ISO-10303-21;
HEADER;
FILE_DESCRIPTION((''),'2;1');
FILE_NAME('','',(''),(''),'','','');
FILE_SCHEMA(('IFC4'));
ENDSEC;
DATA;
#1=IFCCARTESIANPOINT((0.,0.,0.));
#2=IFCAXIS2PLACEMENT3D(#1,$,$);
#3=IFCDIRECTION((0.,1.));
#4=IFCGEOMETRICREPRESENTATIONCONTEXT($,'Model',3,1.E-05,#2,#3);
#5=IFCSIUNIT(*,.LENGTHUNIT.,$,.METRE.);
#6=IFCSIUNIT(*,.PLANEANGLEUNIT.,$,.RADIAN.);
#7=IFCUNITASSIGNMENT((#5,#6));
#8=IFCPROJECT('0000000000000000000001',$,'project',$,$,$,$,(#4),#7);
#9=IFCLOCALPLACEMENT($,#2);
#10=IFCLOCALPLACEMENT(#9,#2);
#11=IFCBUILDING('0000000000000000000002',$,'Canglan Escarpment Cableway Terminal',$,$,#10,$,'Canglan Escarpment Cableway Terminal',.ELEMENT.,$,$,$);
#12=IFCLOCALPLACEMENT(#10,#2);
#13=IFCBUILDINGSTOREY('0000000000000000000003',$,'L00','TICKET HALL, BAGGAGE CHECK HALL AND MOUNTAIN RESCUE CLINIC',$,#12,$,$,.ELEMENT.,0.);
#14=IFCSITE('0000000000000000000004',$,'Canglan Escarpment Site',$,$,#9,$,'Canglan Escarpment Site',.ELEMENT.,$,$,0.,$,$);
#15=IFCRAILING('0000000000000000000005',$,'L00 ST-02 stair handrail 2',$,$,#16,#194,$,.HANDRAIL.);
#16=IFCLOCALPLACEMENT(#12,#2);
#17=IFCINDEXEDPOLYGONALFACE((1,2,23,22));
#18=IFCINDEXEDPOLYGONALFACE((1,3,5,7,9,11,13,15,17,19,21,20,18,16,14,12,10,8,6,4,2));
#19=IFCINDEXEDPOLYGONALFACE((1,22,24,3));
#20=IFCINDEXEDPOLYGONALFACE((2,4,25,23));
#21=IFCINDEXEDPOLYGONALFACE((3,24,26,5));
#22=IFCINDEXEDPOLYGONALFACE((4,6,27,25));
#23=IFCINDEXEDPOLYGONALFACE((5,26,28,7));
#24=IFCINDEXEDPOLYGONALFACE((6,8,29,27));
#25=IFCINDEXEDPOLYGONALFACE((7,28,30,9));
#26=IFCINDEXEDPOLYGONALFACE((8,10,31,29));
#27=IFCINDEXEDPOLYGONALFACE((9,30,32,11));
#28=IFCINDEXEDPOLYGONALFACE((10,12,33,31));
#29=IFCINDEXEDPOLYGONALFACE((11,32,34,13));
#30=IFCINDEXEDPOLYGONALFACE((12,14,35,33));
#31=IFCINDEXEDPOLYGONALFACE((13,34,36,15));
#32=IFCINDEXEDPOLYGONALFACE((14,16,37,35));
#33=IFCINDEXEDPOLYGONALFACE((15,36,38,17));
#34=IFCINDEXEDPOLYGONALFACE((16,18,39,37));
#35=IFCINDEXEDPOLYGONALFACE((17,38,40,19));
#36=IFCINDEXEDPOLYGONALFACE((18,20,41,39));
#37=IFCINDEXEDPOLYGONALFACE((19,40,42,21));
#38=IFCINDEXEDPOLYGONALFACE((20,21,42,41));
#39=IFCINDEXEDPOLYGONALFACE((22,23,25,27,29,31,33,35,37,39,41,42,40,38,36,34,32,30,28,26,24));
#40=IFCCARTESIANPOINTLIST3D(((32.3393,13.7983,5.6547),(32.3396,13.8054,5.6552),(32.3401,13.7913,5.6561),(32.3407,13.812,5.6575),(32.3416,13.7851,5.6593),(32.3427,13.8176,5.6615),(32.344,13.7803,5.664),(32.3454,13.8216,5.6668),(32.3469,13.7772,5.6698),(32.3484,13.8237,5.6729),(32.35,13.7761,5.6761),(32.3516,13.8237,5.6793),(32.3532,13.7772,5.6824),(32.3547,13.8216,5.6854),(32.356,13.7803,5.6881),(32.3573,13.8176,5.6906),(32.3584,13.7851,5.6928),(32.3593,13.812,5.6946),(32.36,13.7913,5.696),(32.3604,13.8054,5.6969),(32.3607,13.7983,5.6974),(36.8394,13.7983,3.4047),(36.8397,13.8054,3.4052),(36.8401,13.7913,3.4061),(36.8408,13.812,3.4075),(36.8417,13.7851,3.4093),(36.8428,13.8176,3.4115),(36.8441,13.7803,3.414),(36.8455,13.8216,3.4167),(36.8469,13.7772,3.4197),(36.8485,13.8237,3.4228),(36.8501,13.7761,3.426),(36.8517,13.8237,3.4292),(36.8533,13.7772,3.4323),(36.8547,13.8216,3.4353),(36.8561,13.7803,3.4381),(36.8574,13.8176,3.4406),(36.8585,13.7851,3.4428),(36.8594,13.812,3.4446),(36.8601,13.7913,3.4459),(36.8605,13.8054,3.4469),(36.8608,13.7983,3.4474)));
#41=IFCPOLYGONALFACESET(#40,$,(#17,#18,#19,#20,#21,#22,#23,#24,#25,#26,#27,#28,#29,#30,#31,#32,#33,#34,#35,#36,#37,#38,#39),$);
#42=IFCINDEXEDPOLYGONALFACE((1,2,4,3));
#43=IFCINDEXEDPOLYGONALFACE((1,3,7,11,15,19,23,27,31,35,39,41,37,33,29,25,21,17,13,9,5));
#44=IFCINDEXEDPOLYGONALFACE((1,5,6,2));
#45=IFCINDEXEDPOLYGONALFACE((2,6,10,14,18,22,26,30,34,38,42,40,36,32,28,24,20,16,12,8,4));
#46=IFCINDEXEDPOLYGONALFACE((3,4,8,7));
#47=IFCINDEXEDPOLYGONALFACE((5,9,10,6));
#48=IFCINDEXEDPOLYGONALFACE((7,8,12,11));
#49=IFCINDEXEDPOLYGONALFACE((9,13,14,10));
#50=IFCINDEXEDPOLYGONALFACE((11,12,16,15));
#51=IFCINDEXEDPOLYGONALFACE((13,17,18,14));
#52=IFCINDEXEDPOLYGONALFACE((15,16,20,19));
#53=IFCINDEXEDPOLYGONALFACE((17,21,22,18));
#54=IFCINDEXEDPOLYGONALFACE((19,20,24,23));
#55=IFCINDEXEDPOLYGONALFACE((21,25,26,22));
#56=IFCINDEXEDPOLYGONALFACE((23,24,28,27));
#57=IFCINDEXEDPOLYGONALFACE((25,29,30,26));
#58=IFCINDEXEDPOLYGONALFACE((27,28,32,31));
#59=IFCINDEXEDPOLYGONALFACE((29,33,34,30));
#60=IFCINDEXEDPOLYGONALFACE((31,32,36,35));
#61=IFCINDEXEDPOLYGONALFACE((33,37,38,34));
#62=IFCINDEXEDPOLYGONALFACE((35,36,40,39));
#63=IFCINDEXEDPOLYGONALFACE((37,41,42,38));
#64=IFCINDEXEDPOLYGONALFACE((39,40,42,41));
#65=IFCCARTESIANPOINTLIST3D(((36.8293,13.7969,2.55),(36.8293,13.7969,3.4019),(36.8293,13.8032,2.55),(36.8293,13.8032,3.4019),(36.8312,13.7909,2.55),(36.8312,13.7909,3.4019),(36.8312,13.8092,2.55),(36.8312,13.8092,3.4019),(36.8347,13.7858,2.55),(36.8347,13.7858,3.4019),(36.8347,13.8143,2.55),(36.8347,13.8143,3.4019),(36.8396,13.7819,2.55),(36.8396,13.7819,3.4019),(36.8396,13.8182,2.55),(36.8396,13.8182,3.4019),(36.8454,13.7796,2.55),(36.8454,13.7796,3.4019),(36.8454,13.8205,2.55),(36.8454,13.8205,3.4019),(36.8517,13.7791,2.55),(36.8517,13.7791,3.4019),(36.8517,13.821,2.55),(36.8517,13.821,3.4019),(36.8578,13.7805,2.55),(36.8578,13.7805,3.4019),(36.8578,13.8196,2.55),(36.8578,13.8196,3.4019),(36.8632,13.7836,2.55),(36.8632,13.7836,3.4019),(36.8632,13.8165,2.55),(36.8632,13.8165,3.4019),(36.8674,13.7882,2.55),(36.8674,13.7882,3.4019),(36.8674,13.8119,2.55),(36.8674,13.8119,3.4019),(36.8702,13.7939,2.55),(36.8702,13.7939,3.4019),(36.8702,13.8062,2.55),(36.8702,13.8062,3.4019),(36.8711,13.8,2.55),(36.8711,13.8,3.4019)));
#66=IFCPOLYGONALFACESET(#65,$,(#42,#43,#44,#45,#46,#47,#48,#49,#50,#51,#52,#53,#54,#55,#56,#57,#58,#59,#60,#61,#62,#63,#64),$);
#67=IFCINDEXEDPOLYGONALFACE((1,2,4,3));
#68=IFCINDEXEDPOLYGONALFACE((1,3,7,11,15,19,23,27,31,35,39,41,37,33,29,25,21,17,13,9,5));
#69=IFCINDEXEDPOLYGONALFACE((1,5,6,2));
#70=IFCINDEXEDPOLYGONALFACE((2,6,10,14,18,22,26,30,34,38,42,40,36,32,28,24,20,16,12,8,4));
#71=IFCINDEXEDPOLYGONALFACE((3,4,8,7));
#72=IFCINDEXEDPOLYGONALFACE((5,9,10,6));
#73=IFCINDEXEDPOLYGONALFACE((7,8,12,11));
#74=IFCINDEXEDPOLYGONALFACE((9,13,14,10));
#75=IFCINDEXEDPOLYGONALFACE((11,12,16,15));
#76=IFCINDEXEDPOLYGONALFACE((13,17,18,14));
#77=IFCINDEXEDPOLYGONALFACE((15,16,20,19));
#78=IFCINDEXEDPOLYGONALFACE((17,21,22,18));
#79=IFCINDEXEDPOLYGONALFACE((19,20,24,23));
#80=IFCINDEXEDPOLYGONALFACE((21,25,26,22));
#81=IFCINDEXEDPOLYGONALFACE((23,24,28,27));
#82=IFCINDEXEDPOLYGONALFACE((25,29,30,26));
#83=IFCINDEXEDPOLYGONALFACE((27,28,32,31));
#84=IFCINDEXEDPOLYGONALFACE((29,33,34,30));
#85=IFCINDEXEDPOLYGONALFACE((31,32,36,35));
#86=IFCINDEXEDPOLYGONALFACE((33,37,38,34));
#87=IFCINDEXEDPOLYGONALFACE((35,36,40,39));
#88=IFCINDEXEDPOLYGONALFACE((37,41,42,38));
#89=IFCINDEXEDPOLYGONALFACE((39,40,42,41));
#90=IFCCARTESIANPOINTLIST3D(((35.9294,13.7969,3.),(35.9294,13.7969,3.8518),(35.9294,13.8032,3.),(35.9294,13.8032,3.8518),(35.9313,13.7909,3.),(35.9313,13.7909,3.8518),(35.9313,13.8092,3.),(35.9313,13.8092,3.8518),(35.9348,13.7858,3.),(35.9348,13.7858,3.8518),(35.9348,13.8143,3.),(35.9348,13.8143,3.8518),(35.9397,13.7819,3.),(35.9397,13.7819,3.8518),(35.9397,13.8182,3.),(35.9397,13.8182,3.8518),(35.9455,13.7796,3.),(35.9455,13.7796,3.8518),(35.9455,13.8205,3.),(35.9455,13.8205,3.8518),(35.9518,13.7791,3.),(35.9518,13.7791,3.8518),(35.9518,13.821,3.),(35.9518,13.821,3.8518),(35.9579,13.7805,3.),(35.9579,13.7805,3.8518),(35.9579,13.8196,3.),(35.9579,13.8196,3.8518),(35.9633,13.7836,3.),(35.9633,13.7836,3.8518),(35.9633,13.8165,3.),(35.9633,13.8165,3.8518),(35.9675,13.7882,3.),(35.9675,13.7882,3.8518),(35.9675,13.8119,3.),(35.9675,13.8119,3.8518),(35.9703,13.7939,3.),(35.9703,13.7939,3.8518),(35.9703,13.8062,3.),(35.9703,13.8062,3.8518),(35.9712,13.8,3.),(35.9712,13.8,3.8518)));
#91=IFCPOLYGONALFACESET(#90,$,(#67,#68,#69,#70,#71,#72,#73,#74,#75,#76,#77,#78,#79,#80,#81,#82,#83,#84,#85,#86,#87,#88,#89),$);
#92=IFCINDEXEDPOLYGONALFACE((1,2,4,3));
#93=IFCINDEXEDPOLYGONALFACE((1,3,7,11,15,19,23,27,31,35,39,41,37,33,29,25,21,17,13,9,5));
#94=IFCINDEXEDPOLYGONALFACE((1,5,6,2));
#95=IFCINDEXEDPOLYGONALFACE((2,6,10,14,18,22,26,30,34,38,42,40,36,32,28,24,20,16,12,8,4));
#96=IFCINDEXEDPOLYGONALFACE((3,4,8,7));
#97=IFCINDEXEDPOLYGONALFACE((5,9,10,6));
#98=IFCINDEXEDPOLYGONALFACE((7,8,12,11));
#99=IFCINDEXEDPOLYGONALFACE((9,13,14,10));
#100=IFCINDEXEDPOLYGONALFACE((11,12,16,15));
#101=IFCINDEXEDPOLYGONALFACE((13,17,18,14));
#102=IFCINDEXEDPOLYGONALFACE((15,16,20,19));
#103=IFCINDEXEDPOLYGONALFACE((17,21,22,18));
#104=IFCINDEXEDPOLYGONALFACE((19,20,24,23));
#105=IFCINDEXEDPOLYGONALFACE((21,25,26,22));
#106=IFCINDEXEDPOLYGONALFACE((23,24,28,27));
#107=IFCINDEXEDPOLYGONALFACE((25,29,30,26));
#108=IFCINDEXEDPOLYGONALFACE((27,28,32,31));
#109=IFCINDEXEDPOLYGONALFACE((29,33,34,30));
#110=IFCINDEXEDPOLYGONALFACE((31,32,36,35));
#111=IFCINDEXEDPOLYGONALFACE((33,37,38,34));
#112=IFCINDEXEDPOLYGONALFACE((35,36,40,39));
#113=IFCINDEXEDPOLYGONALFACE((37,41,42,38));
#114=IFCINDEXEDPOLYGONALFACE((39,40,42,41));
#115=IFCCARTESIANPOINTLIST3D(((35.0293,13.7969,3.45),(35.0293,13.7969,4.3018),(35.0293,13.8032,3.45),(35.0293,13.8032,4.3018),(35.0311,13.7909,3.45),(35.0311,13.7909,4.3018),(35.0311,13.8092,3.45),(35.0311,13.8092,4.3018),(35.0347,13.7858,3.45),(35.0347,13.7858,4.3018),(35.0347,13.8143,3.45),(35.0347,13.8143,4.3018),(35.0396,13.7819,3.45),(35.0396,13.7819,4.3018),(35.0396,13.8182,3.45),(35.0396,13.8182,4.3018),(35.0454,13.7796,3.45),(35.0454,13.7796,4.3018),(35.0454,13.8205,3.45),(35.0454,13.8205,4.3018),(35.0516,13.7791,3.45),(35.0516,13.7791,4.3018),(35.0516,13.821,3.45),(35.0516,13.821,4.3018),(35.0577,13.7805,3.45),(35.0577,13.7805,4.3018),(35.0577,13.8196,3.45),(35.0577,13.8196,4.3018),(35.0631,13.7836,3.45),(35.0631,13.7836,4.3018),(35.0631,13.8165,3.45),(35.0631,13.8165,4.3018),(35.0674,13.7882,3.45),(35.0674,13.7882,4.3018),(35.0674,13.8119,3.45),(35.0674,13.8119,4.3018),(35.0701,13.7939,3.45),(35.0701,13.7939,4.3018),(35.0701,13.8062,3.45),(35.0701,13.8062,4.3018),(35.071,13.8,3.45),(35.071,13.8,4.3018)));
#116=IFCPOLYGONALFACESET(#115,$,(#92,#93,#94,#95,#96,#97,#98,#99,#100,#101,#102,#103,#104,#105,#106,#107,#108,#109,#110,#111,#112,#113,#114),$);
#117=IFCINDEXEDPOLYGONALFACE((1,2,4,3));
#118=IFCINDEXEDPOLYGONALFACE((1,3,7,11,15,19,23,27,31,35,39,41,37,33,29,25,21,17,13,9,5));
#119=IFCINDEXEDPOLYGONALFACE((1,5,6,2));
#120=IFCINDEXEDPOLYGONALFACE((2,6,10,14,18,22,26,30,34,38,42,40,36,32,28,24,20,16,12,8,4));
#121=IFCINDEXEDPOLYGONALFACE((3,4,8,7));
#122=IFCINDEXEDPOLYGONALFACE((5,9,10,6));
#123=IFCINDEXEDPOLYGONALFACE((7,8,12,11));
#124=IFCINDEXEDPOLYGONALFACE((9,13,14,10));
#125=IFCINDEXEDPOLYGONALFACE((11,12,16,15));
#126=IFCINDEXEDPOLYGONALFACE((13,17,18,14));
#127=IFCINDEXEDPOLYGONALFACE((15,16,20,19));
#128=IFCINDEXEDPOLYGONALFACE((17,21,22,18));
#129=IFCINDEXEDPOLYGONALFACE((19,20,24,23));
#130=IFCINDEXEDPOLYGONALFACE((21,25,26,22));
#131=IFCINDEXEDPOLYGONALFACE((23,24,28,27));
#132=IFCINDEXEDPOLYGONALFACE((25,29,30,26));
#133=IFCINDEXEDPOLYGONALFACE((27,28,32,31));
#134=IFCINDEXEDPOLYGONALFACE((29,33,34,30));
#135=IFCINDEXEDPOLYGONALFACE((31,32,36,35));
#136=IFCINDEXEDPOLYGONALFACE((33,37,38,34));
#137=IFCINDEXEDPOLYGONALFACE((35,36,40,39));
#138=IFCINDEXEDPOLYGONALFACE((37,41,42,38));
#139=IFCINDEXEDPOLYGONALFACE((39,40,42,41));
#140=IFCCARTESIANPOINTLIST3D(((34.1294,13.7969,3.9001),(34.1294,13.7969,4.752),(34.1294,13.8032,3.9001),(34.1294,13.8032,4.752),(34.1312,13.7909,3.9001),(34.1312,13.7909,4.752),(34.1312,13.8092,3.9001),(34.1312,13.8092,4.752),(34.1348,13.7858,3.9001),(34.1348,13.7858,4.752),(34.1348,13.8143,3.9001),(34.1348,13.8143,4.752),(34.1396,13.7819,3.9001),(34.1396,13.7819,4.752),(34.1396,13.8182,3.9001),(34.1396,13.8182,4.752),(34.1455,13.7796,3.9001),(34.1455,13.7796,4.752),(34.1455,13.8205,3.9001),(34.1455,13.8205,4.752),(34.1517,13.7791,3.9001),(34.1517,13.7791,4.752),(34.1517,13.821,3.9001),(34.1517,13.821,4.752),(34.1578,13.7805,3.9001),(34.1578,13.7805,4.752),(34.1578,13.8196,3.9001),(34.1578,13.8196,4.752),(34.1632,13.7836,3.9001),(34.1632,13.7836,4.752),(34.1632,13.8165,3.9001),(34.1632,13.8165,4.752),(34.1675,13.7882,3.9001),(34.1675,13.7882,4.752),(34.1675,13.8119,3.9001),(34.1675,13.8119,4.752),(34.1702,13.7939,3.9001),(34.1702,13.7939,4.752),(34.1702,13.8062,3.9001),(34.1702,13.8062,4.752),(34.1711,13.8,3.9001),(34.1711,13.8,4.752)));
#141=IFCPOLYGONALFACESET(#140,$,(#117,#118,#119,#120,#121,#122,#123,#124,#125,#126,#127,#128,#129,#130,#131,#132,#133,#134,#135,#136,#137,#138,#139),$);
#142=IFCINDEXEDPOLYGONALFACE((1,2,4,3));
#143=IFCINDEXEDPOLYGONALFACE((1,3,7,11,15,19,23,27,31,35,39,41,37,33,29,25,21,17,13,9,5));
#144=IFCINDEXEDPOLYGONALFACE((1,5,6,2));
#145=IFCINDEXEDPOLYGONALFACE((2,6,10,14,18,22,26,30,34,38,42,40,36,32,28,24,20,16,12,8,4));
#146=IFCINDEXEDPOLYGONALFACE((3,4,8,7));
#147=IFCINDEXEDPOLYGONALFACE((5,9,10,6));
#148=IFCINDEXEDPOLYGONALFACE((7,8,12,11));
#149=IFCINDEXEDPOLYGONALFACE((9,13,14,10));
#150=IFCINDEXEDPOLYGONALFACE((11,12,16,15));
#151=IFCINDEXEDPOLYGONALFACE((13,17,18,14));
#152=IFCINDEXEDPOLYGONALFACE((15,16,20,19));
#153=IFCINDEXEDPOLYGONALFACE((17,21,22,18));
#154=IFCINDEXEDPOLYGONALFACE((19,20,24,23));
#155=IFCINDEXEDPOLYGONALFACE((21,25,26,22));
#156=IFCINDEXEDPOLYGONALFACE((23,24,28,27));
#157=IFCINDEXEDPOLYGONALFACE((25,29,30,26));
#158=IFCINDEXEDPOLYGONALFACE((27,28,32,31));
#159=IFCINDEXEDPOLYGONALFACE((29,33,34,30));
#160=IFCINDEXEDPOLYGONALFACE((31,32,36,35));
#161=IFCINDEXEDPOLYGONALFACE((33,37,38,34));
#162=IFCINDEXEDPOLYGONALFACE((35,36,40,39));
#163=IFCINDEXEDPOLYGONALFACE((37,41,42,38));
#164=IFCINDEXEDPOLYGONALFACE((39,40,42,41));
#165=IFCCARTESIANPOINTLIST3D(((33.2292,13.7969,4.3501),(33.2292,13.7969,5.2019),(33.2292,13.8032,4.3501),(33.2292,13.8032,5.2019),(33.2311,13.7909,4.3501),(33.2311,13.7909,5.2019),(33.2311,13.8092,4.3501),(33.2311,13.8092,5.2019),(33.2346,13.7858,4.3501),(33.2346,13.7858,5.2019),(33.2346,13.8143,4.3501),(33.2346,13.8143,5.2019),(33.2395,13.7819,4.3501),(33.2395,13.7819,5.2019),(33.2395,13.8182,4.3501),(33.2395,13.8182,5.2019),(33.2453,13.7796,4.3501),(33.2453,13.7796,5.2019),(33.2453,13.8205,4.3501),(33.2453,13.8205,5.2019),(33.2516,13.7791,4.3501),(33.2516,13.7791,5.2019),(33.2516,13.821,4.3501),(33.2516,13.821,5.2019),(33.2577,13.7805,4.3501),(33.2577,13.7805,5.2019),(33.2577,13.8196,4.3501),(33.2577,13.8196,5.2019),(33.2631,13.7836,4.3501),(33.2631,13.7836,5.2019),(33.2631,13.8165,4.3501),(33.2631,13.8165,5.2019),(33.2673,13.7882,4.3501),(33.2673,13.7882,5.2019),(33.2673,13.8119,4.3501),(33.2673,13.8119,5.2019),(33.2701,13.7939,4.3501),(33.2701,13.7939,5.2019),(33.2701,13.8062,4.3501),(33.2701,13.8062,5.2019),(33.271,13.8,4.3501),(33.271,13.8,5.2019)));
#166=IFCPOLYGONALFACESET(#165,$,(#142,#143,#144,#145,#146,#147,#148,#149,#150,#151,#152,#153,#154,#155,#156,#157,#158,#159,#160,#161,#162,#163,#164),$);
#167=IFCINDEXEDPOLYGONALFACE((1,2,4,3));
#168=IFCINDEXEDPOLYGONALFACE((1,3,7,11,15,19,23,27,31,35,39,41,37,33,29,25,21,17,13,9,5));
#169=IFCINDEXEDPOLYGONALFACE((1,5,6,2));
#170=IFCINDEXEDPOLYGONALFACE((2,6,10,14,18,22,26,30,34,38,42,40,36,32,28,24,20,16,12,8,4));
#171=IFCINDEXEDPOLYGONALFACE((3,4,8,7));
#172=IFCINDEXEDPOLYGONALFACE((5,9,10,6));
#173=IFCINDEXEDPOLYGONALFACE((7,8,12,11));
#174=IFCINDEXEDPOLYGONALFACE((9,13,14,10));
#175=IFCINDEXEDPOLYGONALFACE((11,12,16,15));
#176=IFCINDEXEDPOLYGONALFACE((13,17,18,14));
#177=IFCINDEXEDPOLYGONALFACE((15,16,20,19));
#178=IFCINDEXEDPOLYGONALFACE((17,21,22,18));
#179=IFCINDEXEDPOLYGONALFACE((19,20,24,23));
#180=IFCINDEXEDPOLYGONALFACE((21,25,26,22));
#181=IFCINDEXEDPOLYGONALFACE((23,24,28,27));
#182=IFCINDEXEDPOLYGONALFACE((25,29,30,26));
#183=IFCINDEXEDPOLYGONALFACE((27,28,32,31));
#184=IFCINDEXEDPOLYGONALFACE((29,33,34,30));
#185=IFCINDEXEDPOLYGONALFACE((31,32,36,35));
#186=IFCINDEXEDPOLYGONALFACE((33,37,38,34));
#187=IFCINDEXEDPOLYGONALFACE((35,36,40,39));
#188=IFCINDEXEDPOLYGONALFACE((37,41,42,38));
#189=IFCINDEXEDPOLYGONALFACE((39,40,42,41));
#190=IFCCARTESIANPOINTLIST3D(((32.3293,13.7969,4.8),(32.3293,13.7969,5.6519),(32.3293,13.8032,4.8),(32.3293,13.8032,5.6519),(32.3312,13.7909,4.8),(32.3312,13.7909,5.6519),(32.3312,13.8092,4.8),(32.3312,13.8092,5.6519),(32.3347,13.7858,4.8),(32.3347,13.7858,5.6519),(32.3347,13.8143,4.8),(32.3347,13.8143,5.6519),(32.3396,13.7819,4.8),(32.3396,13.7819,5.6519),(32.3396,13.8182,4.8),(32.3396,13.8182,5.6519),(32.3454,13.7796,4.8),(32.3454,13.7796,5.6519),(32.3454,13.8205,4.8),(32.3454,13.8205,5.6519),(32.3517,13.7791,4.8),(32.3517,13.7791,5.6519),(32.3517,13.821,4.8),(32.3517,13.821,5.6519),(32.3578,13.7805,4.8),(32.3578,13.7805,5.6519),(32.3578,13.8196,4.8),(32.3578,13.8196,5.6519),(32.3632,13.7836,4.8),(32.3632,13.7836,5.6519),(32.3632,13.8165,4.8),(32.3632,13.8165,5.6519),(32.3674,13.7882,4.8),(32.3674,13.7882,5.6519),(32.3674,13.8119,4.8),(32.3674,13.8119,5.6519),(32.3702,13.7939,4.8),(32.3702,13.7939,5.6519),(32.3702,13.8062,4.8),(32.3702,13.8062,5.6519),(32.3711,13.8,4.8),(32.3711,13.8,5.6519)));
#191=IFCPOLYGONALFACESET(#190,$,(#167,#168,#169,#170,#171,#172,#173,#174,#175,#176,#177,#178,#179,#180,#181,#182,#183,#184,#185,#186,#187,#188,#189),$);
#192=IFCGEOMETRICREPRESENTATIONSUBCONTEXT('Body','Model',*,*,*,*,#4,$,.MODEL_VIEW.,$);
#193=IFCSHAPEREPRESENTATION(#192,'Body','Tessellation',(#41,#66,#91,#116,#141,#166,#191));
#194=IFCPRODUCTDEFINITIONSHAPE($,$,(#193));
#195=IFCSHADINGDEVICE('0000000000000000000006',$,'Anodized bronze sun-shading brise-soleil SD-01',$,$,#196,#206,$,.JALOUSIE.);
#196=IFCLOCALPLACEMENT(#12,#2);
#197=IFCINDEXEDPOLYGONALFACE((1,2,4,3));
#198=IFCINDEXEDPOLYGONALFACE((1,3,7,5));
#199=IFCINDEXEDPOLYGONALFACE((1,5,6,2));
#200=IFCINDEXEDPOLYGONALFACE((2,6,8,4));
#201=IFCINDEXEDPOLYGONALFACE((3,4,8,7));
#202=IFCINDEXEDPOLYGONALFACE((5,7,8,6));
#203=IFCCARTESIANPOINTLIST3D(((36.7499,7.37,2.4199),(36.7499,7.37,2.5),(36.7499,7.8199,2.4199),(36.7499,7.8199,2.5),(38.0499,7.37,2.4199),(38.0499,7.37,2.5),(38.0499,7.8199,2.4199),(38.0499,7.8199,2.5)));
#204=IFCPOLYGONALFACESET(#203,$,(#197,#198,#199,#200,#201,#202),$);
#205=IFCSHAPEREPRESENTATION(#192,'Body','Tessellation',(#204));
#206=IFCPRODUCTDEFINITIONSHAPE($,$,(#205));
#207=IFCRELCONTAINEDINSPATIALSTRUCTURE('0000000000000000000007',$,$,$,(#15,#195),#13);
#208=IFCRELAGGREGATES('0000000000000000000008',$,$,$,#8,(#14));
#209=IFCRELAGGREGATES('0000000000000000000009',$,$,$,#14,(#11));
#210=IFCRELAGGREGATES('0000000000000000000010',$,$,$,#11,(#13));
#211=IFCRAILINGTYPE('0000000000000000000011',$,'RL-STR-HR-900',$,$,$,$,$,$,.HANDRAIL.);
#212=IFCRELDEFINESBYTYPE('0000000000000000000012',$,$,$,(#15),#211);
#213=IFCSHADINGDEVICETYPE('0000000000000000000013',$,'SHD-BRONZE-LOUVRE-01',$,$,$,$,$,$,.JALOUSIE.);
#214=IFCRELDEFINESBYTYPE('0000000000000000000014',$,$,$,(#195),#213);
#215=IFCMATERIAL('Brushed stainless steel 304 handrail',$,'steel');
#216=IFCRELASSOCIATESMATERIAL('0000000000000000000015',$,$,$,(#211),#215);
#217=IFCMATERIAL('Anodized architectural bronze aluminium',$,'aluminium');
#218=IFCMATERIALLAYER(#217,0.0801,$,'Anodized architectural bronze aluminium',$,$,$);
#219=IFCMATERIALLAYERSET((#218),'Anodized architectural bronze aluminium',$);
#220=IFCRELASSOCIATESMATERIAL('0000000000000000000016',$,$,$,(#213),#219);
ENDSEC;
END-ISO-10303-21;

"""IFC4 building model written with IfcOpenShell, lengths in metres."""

from ifc_helpers import new_model, si_unit, direction, frame, origin, origin_2d, place, context, subcontext, project, spatial, rectangle, circle, extrude, material, layer, layer_set, type_object, element, save


model = new_model("IFC4")

# Units and contexts
model_context = context("Model", 3, precision=1e-05, world=origin(), true_north=direction((0.0, 1.0)))
body_context = subcontext(model_context, "Body", "Model", "MODEL_VIEW")
ifc_project = project(units=[si_unit("LENGTHUNIT", "METRE"), si_unit("PLANEANGLEUNIT", "RADIAN")], contexts=[model_context])

# Site, building, storey
site_placement = place(None, origin())
site = spatial("IfcSite", under=ifc_project, at=site_placement, Name="Canglan Escarpment Site", LongName="Canglan Escarpment Site", CompositionType="ELEMENT", RefElevation=0.0)
building_placement = place(site_placement, origin())
building = spatial("IfcBuilding", under=site, at=building_placement, Name="Canglan Escarpment Cableway Terminal", LongName="Canglan Escarpment Cableway Terminal", CompositionType="ELEMENT")
storey_placement = place(building_placement, origin())
storey = spatial("IfcBuildingStorey", under=building, at=storey_placement, Name="L00", Description="TICKET HALL, BAGGAGE CHECK HALL AND MOUNTAIN RESCUE CLINIC", CompositionType="ELEMENT", Elevation=0.0)

# Railing
ifc_material_1 = material(Name="Brushed stainless steel 304 handrail", Category="steel")
railing_type_1 = type_object("IfcRailingType", Name="RL-STR-HR-900", PredefinedType="HANDRAIL", material=ifc_material_1)
railing_1_placement = place(storey_placement, frame((36.8501, 13.8, 2.55)))
element("IfcRailing", 1, at=railing_1_placement, inside=storey, type_object=railing_type_1, Name="L00 ST-02 stair handrail 2", PredefinedType="HANDRAIL", context=body_context, shape_type="SweptSolid", body=[
    extrude(circle(Radius=0.0239, at=origin_2d()), frame((0.0, 0.0, 0.876), z_axis=(-0.894427, 0.0, 0.447214), x_axis=(0.0, -1.0, 0.0)), (0.0, 0.0, 1.0), 5.0312),
    extrude(circle(Radius=0.021, at=origin_2d()), origin(), (0.0, 0.0, 1.0), 0.8518),
    extrude(circle(Radius=0.021, at=origin_2d()), frame((-0.8999, 0.0, 0.45)), (0.0, 0.0, 1.0), 0.8518),
    extrude(circle(Radius=0.021, at=origin_2d()), frame((-1.8, 0.0, 0.8999)), (0.0, 0.0, 1.0), 0.8518),
    extrude(circle(Radius=0.021, at=origin_2d()), frame((-2.7, 0.0, 1.3501)), (0.0, 0.0, 1.0), 0.8518),
    extrude(circle(Radius=0.021, at=origin_2d()), frame((-3.6001, 0.0, 1.8)), (0.0, 0.0, 1.0), 0.8518),
    extrude(circle(Radius=0.021, at=origin_2d()), frame((-4.5, 0.0, 2.25)), (0.0, 0.0, 1.0), 0.8518),
])

# Shading device
ifc_material_2 = material(Name="Anodized architectural bronze aluminium", Category="aluminium")
ifc_layer_1 = layer(ifc_material_2, 0.0801, Name="Anodized architectural bronze aluminium")
ifc_layer_set_1 = layer_set([ifc_layer_1], Name="Anodized architectural bronze aluminium")
shading_device_type = type_object("IfcShadingDeviceType", Name="SHD-BRONZE-LOUVRE-01", PredefinedType="JALOUSIE", material=ifc_layer_set_1)
shading_device_placement = place(storey_placement, frame((37.3999, 7.595, 2.4199), z_axis=(0.0, 0.0, 1.0), x_axis=(1.0, 0.0, 0.0)))
element("IfcShadingDevice", 2, at=shading_device_placement, inside=storey, type_object=shading_device_type, Name="Anodized bronze sun-shading brise-soleil SD-01", PredefinedType="JALOUSIE", context=body_context, shape_type="SweptSolid", body=[
    extrude(rectangle(XDim=1.3, YDim=0.45, at=origin_2d()), origin(), (0.0, 0.0, 1.0), 0.0801),
])

save(model, "model.ifc")
